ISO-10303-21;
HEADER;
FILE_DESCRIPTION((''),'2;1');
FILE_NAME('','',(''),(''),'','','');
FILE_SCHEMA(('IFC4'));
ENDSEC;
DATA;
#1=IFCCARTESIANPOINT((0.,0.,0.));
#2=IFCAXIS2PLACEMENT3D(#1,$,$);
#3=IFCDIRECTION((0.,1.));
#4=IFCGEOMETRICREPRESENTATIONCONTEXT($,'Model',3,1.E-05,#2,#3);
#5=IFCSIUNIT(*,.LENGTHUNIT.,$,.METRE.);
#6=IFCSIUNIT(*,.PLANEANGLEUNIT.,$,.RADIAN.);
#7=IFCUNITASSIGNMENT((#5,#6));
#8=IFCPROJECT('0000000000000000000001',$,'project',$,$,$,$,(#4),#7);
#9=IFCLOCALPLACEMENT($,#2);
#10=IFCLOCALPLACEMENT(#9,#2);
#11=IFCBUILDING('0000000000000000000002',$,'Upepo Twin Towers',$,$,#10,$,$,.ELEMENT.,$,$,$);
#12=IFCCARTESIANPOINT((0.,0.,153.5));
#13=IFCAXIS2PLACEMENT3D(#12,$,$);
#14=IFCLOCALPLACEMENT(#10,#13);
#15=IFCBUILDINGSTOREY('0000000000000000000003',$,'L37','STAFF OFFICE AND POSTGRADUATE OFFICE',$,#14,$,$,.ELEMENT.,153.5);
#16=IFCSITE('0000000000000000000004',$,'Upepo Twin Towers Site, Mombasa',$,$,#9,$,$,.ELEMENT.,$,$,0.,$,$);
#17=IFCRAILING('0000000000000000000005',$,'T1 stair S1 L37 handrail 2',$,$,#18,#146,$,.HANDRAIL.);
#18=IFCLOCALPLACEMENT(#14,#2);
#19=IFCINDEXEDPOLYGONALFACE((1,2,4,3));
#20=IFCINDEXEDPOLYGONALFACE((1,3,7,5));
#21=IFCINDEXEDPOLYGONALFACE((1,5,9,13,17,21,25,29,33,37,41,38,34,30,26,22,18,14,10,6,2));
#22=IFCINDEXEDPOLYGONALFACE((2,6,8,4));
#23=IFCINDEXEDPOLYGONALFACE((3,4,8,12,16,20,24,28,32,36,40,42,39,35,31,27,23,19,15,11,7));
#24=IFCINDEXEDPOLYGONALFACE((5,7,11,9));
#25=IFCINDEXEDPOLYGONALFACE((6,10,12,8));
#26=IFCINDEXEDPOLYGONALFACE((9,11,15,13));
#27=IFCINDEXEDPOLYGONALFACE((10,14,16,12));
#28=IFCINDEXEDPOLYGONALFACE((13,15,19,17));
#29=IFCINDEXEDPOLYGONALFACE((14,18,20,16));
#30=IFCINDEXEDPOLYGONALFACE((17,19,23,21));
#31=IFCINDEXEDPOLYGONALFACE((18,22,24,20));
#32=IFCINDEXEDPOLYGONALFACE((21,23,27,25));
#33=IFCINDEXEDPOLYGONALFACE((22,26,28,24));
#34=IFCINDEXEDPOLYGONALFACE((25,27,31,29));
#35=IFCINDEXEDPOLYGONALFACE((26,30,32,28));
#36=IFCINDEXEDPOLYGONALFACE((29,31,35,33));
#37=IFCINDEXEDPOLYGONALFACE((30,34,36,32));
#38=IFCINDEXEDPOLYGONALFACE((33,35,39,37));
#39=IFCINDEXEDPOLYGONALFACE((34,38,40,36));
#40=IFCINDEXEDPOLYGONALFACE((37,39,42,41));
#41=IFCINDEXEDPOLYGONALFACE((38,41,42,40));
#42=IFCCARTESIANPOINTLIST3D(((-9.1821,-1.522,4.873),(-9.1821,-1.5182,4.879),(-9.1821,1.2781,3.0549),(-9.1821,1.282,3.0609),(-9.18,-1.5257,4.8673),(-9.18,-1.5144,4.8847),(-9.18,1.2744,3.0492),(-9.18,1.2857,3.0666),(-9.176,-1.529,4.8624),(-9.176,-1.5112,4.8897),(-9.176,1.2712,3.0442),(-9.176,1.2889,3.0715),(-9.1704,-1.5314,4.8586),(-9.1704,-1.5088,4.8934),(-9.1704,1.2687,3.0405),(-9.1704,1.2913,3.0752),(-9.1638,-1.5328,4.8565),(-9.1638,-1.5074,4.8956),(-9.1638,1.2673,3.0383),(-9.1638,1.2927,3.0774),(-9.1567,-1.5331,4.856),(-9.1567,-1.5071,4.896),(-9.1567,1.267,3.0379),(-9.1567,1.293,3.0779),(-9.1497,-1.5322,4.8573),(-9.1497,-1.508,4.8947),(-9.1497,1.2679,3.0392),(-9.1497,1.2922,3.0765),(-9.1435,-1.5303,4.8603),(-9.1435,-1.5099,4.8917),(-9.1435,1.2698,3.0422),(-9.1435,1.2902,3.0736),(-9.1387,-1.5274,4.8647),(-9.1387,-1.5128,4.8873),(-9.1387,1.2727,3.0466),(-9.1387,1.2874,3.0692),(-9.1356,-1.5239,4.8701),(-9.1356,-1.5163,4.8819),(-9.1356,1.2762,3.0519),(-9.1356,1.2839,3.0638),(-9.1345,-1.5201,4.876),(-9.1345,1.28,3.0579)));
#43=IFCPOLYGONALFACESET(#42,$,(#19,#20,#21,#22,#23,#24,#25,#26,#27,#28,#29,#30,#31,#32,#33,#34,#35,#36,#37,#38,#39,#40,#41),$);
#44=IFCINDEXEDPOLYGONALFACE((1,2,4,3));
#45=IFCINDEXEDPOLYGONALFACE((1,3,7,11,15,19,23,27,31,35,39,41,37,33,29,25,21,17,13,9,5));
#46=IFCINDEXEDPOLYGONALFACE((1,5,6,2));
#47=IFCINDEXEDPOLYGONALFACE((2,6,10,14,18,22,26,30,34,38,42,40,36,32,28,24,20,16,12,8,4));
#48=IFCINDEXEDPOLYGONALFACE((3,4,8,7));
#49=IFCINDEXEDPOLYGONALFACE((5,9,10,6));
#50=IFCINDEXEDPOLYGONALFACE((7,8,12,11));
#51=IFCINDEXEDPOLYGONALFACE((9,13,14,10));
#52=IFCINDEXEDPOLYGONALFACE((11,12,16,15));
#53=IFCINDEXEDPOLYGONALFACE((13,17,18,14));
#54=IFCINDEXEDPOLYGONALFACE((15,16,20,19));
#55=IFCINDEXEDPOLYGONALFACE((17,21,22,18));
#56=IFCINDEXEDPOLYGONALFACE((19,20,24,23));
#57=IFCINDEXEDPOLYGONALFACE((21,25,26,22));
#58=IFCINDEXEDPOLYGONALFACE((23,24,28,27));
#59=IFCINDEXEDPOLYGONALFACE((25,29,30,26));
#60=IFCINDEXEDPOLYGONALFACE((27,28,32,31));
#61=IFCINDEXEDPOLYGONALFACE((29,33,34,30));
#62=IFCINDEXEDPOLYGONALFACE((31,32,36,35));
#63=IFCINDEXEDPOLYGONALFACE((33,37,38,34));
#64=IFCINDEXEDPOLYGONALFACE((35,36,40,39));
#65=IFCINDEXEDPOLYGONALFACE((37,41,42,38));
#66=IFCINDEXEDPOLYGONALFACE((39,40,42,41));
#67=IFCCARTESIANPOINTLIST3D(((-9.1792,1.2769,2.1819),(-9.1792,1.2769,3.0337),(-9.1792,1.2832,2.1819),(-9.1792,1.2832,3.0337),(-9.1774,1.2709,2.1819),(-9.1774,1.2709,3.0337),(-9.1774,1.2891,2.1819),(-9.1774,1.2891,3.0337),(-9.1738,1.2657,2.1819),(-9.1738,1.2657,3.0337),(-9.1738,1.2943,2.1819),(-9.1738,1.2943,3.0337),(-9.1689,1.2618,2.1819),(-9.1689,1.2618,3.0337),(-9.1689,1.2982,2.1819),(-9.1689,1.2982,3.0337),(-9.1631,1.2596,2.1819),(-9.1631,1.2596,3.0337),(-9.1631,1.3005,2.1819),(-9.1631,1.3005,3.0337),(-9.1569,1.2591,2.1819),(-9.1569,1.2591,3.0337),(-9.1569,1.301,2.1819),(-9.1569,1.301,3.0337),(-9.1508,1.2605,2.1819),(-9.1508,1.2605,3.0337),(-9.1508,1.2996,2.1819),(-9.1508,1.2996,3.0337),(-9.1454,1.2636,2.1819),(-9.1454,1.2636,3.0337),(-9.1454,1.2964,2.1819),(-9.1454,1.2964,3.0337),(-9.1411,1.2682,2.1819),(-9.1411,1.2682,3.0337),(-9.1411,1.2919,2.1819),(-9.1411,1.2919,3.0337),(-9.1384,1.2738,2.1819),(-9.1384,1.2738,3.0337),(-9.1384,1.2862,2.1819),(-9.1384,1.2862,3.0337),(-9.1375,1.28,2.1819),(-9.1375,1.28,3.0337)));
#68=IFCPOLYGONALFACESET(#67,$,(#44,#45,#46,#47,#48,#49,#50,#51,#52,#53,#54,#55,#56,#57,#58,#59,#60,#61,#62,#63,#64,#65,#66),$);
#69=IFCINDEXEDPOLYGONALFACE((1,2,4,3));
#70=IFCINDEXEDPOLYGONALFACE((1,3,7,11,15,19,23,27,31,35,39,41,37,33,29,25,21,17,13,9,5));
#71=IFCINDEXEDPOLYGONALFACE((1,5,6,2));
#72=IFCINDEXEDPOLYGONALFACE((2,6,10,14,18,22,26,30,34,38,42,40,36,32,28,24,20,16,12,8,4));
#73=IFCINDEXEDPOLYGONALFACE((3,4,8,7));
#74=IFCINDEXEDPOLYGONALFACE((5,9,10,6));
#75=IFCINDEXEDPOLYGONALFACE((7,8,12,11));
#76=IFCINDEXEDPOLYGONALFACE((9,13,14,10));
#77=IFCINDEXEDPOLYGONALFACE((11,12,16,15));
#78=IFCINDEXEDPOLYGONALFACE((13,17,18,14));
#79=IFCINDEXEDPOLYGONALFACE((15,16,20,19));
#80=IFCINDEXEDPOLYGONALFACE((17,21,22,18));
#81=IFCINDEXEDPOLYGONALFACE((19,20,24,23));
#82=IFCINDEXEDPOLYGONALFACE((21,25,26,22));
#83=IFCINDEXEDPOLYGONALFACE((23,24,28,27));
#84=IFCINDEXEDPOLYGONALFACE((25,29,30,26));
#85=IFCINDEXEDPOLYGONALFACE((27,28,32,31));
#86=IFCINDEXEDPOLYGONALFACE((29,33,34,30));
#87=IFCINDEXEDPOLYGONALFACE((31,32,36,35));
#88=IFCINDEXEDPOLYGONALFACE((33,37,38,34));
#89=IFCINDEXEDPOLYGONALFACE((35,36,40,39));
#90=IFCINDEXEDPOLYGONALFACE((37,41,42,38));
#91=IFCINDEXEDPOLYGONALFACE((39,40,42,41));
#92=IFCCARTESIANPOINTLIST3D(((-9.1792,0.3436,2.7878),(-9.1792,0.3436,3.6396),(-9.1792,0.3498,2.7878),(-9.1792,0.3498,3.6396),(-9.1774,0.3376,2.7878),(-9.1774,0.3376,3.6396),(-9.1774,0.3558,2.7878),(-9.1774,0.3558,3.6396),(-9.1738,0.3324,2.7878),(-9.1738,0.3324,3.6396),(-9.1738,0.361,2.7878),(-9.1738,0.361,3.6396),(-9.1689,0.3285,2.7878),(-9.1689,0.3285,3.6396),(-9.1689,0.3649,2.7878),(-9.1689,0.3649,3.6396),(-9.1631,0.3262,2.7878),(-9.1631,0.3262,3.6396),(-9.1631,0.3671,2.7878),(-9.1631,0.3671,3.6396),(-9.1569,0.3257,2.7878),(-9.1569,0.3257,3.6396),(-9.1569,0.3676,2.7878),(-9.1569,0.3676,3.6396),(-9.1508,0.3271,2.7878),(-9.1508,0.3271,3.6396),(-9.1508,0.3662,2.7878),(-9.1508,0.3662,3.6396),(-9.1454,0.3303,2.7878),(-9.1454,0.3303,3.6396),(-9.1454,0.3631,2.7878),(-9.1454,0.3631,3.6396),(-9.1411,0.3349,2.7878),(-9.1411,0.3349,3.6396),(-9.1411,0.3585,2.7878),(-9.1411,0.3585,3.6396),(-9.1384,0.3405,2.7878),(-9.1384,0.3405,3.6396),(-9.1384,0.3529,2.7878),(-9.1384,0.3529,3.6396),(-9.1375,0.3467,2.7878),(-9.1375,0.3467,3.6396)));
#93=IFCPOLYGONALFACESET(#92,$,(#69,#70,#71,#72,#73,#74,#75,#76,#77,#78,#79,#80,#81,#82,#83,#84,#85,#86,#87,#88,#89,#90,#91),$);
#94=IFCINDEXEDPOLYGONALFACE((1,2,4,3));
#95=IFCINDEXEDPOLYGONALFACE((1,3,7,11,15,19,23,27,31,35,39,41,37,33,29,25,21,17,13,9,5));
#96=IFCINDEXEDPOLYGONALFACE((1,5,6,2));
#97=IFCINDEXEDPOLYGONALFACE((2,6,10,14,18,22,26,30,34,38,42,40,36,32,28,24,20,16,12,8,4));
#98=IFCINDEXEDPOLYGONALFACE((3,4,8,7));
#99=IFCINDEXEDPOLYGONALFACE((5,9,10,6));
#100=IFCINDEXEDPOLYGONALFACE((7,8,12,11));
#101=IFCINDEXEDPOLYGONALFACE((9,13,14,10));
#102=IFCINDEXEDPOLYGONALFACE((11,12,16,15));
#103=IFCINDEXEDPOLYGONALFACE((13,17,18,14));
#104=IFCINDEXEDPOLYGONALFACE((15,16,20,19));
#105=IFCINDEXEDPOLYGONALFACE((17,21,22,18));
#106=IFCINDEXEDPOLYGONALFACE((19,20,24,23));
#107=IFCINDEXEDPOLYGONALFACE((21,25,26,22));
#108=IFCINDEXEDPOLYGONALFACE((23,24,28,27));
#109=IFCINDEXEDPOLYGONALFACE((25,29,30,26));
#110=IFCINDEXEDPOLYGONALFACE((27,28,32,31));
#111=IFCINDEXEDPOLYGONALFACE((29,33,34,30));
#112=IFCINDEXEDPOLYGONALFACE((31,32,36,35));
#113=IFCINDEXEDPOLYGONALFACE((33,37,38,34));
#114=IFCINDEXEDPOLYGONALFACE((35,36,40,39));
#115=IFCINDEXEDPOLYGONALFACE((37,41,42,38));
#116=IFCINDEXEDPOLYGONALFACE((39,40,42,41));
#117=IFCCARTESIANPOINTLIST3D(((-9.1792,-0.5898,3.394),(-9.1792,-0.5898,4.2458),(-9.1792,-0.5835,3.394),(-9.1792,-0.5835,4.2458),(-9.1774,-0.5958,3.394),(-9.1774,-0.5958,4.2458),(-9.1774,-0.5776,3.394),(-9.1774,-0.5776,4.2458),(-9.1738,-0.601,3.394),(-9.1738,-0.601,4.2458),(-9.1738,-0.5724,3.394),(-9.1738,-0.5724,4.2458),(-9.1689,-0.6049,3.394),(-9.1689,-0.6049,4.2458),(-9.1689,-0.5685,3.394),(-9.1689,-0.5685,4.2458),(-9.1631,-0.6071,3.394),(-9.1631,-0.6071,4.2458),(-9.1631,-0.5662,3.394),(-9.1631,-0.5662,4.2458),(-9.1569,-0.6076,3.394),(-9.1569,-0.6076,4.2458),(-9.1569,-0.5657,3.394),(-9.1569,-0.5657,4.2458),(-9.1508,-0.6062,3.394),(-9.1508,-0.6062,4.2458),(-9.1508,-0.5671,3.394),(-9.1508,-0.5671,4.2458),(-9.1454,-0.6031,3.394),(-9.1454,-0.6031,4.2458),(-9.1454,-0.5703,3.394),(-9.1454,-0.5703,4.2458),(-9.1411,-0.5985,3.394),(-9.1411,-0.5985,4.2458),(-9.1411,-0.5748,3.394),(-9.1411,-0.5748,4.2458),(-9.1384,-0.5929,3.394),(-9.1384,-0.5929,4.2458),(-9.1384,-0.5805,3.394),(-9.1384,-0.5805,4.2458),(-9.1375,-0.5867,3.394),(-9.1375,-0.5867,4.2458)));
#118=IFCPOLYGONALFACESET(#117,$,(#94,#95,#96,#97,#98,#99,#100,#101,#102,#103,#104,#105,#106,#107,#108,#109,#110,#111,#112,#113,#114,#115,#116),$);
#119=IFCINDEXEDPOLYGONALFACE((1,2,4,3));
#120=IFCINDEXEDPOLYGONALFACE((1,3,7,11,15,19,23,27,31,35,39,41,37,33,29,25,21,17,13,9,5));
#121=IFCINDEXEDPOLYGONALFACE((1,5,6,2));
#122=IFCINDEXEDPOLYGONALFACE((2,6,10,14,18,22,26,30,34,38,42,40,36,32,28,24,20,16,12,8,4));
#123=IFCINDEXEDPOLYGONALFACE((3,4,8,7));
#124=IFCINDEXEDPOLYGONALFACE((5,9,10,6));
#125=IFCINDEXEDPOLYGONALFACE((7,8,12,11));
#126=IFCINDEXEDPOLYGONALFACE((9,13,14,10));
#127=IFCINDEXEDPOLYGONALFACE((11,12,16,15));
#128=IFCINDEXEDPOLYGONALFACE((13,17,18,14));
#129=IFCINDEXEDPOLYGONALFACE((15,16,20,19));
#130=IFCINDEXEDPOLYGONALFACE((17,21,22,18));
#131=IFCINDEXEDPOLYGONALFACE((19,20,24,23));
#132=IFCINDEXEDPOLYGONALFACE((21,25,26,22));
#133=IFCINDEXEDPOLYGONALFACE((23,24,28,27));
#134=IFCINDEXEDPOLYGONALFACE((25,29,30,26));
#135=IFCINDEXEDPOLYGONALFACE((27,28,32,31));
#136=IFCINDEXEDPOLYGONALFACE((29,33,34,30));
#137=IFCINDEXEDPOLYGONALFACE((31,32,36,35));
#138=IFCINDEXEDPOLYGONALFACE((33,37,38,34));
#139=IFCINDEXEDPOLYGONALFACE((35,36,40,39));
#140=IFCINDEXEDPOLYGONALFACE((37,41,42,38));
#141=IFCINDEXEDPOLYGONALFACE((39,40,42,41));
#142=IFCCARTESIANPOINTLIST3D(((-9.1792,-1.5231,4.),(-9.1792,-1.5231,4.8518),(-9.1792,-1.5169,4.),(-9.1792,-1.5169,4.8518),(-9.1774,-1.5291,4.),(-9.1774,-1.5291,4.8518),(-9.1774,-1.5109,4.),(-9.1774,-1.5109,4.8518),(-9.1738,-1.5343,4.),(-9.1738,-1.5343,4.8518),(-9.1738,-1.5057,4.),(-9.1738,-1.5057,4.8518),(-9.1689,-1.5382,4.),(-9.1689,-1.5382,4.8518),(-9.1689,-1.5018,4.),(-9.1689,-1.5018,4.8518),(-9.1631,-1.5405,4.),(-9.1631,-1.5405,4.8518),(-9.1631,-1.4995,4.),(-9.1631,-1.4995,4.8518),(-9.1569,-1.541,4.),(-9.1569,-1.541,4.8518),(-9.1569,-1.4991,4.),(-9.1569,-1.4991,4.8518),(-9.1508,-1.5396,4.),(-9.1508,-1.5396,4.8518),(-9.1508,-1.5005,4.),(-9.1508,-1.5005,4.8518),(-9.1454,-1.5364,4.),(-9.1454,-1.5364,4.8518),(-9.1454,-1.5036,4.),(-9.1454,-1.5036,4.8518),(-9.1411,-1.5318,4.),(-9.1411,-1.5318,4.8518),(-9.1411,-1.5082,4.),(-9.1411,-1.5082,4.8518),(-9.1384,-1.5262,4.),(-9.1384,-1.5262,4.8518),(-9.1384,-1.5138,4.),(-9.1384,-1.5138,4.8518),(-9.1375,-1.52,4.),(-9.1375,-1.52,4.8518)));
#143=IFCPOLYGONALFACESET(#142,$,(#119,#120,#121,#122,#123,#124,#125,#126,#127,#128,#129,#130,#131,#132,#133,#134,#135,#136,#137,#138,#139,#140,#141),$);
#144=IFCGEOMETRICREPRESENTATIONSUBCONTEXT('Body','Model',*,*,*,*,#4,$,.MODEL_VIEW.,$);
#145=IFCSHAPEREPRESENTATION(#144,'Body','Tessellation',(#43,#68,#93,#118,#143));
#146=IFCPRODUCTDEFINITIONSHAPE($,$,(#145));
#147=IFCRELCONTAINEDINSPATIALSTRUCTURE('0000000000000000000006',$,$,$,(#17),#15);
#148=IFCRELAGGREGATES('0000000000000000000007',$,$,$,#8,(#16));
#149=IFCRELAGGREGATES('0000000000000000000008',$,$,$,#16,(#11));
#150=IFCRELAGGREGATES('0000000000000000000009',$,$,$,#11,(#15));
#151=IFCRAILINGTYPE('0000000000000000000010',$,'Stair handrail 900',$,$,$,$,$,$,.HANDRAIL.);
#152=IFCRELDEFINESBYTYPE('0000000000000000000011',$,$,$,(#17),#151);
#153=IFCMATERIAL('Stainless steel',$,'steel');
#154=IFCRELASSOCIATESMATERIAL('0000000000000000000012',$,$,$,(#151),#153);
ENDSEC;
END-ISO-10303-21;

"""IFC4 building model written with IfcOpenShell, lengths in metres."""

from ifc_helpers import new_model, si_unit, direction, frame, origin, origin_2d, place, context, subcontext, project, spatial, circle, extrude, material, type_object, element, save


model = new_model("IFC4")

# Units and contexts
model_context = context("Model", 3, precision=1e-05, world=origin(), true_north=direction((0.0, 1.0)))
body_context = subcontext(model_context, "Body", "Model", "MODEL_VIEW")
ifc_project = project(units=[si_unit("LENGTHUNIT", "METRE"), si_unit("PLANEANGLEUNIT", "RADIAN")], contexts=[model_context])

# Site, building, storey
site_placement = place(None, origin())
site = spatial("IfcSite", under=ifc_project, at=site_placement, Name="Upepo Twin Towers Site, Mombasa", CompositionType="ELEMENT", RefElevation=0.0)
building_placement = place(site_placement, origin())
building = spatial("IfcBuilding", under=site, at=building_placement, Name="Upepo Twin Towers", CompositionType="ELEMENT")
storey_placement = place(building_placement, frame((0.0, 0.0, 153.5)))
storey = spatial("IfcBuildingStorey", under=building, at=storey_placement, Name="L37", Description="STAFF OFFICE AND POSTGRADUATE OFFICE", CompositionType="ELEMENT", Elevation=153.5)

# Railing
ifc_material_1 = material(Name="Stainless steel", Category="steel")
railing_type = type_object("IfcRailingType", Name="Stair handrail 900", PredefinedType="HANDRAIL", material=ifc_material_1)
railing_1_placement = place(storey_placement, frame((-9.1584, 1.28, 2.1819)))
element("IfcRailing", 1, at=railing_1_placement, inside=storey, type_object=railing_type, Name="T1 stair S1 L37 handrail 2", PredefinedType="HANDRAIL", context=body_context, shape_type="SweptSolid", body=[
    extrude(circle(Radius=0.0239, at=origin_2d()), frame((0.0, 0.0, 0.876), z_axis=(0.0, -0.838706, 0.544585), x_axis=(1.0, 0.0, 0.0)), (0.0, 0.0, 1.0), 3.3386),
    extrude(circle(Radius=0.021, at=origin_2d()), origin(), (0.0, 0.0, 1.0), 0.8518),
    extrude(circle(Radius=0.021, at=origin_2d()), frame((0.0, -0.9333, 0.606)), (0.0, 0.0, 1.0), 0.8518),
    extrude(circle(Radius=0.021, at=origin_2d()), frame((0.0, -1.8667, 1.2122)), (0.0, 0.0, 1.0), 0.8518),
    extrude(circle(Radius=0.021, at=origin_2d()), frame((0.0, -2.8, 1.8181)), (0.0, 0.0, 1.0), 0.8518),
])

save(model, "model.ifc")
